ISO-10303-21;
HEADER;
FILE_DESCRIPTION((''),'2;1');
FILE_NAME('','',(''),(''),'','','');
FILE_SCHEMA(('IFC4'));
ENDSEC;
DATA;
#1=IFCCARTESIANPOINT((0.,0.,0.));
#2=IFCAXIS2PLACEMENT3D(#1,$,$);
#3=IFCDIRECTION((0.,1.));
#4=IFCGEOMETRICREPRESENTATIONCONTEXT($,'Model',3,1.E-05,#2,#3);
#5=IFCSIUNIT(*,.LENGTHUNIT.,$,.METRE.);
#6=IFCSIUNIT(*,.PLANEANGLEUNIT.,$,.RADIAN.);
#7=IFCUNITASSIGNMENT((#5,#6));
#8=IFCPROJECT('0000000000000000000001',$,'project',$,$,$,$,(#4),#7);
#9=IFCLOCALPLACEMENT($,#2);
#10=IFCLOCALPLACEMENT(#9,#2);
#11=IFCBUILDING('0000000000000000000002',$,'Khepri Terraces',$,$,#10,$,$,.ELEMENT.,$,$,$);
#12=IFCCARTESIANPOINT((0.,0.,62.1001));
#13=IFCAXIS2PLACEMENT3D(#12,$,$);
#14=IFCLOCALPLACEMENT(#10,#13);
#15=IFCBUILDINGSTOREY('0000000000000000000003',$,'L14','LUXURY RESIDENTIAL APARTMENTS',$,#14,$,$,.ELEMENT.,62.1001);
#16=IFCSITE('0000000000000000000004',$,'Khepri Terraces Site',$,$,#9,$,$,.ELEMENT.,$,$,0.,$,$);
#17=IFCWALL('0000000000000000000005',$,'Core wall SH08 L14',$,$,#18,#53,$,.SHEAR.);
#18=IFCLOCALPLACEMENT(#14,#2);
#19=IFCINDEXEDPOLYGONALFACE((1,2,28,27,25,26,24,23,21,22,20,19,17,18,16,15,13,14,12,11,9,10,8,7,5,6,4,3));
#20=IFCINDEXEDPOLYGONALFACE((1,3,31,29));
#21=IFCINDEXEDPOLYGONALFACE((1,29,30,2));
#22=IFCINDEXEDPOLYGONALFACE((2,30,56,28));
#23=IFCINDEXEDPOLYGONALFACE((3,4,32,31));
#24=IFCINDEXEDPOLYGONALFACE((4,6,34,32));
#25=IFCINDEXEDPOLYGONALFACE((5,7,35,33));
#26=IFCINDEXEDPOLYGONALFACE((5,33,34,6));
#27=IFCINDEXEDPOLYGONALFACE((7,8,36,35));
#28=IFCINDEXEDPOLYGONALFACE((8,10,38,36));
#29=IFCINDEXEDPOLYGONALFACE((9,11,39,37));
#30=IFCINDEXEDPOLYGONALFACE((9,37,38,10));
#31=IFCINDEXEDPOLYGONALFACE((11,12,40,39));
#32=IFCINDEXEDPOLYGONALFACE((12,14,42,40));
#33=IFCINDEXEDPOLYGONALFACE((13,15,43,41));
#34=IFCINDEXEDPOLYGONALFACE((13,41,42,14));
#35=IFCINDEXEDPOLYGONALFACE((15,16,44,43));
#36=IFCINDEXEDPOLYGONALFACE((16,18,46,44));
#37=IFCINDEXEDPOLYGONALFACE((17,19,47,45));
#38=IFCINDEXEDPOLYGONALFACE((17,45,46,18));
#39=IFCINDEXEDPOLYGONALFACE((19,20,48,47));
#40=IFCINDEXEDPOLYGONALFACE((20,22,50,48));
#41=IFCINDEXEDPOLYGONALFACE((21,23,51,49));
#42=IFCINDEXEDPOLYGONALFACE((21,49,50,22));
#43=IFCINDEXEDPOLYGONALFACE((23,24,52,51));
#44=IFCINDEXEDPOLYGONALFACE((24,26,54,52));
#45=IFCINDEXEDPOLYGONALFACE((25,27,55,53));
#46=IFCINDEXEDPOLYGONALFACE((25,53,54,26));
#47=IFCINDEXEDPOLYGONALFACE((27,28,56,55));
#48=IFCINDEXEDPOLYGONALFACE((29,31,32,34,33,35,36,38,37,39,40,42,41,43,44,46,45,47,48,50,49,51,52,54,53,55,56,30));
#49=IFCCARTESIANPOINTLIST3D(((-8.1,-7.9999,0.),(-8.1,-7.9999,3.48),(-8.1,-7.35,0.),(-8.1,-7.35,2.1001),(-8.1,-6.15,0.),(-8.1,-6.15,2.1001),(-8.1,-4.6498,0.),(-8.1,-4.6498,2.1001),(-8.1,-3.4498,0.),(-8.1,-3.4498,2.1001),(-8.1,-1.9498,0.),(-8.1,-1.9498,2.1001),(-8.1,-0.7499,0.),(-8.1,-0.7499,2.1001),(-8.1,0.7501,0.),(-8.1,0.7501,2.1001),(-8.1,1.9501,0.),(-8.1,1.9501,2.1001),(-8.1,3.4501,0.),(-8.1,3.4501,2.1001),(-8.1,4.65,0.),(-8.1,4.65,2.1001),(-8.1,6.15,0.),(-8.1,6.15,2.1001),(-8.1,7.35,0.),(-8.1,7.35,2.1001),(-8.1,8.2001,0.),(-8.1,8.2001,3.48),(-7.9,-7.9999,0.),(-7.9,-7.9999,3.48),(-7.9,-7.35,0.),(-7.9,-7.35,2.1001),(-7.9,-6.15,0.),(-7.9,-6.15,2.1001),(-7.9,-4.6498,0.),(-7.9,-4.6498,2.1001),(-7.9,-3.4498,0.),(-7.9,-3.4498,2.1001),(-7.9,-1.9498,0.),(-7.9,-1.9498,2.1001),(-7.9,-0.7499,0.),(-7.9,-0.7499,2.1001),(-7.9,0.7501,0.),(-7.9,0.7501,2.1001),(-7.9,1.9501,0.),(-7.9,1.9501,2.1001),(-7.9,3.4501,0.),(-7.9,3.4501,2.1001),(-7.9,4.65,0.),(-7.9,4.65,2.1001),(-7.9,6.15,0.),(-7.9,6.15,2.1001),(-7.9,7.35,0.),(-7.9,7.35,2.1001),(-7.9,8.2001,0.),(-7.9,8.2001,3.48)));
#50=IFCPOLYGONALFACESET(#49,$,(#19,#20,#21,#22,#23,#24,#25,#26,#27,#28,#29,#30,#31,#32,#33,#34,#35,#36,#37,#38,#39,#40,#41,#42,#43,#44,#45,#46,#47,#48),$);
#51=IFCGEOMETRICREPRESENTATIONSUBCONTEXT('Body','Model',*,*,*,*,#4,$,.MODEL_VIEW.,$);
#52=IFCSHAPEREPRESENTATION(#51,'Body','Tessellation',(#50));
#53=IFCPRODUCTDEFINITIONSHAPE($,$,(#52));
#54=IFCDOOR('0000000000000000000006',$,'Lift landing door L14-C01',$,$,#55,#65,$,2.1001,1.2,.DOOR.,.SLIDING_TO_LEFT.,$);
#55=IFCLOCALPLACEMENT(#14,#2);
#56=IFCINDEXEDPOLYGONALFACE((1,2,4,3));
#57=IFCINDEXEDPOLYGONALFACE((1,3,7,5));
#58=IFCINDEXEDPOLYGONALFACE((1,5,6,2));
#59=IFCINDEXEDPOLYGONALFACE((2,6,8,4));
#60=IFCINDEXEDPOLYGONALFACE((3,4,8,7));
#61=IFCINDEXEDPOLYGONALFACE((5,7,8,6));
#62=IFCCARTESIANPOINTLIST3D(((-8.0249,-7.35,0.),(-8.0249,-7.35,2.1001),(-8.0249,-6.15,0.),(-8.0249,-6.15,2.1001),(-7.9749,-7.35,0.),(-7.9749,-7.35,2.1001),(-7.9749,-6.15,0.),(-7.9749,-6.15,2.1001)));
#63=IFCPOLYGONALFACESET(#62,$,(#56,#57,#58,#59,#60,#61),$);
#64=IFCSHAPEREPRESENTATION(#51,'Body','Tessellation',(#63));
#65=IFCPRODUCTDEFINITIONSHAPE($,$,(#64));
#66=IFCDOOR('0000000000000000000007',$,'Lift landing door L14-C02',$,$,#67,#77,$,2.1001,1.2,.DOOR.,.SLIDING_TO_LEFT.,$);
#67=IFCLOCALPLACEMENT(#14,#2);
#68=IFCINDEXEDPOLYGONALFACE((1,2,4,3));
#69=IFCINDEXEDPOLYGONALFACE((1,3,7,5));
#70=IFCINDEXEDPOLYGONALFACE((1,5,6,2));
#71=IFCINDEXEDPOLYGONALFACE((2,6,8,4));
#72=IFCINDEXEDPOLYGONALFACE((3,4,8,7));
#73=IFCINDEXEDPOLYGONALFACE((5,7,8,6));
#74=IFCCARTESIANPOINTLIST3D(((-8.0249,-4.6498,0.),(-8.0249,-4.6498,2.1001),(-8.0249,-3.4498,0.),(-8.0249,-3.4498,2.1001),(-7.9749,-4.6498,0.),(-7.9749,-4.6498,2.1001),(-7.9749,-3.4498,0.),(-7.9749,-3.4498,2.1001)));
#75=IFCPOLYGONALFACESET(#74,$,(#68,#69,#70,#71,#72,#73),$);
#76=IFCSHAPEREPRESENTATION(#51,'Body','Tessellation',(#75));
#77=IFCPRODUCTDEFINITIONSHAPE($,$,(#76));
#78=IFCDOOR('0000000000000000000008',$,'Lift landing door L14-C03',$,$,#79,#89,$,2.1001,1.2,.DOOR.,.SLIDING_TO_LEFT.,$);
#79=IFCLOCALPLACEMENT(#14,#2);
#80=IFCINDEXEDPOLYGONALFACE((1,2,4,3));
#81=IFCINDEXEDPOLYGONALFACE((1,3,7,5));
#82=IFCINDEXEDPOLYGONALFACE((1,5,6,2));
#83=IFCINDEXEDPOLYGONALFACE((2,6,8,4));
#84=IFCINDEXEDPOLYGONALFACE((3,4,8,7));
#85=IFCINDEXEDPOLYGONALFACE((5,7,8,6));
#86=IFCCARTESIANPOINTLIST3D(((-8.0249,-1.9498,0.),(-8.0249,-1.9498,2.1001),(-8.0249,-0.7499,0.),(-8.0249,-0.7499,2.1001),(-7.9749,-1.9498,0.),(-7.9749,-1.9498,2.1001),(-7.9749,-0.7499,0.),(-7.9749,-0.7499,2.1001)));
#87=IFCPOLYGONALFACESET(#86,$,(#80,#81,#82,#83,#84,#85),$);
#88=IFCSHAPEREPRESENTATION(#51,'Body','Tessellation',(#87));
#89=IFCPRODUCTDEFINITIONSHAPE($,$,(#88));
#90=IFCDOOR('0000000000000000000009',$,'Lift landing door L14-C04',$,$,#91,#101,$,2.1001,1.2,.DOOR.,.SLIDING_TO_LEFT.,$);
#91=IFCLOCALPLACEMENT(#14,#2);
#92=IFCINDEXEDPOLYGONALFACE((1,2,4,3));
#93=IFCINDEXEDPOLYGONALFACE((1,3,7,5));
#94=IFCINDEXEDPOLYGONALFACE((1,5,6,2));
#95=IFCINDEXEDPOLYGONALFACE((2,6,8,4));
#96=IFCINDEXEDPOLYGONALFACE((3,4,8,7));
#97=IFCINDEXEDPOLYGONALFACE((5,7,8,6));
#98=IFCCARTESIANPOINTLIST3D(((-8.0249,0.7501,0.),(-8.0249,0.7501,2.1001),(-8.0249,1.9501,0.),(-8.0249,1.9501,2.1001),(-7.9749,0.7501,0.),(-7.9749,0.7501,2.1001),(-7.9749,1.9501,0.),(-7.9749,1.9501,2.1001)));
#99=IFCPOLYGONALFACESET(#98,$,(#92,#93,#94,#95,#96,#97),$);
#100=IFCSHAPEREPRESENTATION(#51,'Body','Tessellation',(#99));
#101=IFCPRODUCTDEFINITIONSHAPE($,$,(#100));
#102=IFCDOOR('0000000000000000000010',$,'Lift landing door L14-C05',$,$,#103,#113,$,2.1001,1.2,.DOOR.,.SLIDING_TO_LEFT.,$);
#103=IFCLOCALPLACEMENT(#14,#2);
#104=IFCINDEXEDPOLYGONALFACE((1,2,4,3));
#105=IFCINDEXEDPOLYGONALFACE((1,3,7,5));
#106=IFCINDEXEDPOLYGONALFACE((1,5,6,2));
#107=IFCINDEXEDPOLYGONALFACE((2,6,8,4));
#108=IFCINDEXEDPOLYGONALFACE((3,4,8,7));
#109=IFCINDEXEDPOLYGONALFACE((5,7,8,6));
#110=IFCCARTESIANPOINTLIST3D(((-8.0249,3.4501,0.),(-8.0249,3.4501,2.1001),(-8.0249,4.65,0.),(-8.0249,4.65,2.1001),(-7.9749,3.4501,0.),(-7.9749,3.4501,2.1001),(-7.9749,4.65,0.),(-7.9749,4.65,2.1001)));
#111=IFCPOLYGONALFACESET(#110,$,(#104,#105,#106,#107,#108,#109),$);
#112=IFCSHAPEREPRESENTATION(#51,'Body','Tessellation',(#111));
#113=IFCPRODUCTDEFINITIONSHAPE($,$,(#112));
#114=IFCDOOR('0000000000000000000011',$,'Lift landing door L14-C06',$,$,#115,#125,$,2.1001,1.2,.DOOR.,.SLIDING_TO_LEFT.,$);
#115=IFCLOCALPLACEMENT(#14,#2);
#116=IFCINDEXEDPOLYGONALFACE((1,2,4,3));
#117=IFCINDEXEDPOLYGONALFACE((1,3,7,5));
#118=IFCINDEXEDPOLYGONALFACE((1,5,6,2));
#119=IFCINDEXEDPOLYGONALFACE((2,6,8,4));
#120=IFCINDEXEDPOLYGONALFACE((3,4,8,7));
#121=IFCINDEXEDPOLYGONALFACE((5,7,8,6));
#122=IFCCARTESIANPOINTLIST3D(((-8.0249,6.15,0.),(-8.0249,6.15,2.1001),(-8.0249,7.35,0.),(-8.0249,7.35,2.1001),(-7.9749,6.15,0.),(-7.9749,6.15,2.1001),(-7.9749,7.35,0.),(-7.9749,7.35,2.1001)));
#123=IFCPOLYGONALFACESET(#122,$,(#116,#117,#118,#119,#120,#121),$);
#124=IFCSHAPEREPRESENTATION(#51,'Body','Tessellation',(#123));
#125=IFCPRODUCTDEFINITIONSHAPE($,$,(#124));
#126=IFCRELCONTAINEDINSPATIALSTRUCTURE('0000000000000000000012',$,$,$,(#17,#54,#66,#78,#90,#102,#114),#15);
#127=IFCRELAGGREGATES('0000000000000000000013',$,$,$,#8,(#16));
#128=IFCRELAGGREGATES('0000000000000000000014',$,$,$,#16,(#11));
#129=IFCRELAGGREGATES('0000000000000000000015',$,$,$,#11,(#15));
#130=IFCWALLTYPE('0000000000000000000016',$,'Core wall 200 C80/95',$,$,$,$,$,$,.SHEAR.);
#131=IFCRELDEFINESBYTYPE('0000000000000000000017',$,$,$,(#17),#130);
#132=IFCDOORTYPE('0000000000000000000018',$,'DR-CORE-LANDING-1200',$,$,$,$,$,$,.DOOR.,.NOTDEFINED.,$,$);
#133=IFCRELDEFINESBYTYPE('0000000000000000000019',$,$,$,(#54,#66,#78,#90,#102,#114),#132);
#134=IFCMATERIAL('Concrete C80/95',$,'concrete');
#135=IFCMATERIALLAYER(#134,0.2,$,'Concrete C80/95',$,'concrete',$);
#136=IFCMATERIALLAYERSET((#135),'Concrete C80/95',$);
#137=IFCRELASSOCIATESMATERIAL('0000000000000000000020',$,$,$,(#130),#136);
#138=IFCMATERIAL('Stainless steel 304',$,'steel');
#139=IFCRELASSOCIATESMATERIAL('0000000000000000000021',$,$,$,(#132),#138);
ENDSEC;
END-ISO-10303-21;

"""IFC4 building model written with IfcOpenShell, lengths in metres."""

from ifc_helpers import new_model, si_unit, direction, frame, frame_2d, origin, place, context, subcontext, project, spatial, rectangle, extrude, material, layer, layer_set, type_object, element, fill, save


model = new_model("IFC4")

# Units and contexts
model_context = context("Model", 3, precision=1e-05, world=origin(), true_north=direction((0.0, 1.0)))
body_context = subcontext(model_context, "Body", "Model", "MODEL_VIEW")
ifc_project = project(units=[si_unit("LENGTHUNIT", "METRE"), si_unit("PLANEANGLEUNIT", "RADIAN")], contexts=[model_context])

# Site, building, storey
site_placement = place(None, origin())
site = spatial("IfcSite", under=ifc_project, at=site_placement, Name="Khepri Terraces Site", CompositionType="ELEMENT", RefElevation=0.0)
building_placement = place(site_placement, origin())
building = spatial("IfcBuilding", under=site, at=building_placement, Name="Khepri Terraces", CompositionType="ELEMENT")
storey_placement = place(building_placement, frame((0.0, 0.0, 62.1001)))
storey = spatial("IfcBuildingStorey", under=building, at=storey_placement, Name="L14", Description="LUXURY RESIDENTIAL APARTMENTS", CompositionType="ELEMENT", Elevation=62.1001)

# Shared definitions
ifc_material_1 = material(Name="Concrete C80/95", Category="concrete")
ifc_layer_1 = layer(ifc_material_1, 0.2, Name="Concrete C80/95", Category="concrete")
ifc_layer_set_1 = layer_set([ifc_layer_1], Name="Concrete C80/95")
wall_type_1 = type_object("IfcWallType", Name="Core wall 200 C80/95", PredefinedType="SHEAR", material=ifc_layer_set_1)

# Wall, openings, doors
wall_1_placement = place(storey_placement, frame((-8.0, -8.0, 0.0), z_axis=(0.0, 0.0, 1.0), x_axis=(0.0, 1.0, 0.0)))
wall_1 = element("IfcWall", 1, at=wall_1_placement, inside=storey, type_object=wall_type_1, Name="Core wall SH08 L14", PredefinedType="SHEAR", context=body_context, shape_type="SweptSolid", body=[
    extrude(rectangle(XDim=16.2, YDim=0.2, at=frame_2d((8.1001, 0.0))), origin(), (0.0, 0.0, 1.0), 3.48),
])
opening_1_placement = place(wall_1_placement, frame((0.6499, 0.0, 0.0)))
opening_1 = element("IfcOpeningElement", 2, at=opening_1_placement, cuts=wall_1, PredefinedType="OPENING", context=body_context, shape_type="SweptSolid", body=[
    extrude(rectangle(XDim=1.2, YDim=2.1001, at=frame_2d((0.6001, 1.05))), frame((0.0, 0.1099, 0.0), z_axis=(0.0, -1.0, 0.0), x_axis=(1.0, 0.0, 0.0)), (0.0, 0.0, 1.0), 0.22),
])
opening_2_placement = place(wall_1_placement, frame((3.3501, 0.0, 0.0)))
opening_2 = element("IfcOpeningElement", 3, at=opening_2_placement, cuts=wall_1, PredefinedType="OPENING", context=body_context, shape_type="SweptSolid", body=[
    extrude(rectangle(XDim=1.2, YDim=2.1001, at=frame_2d((0.6001, 1.05))), frame((0.0, 0.1099, 0.0), z_axis=(0.0, -1.0, 0.0), x_axis=(1.0, 0.0, 0.0)), (0.0, 0.0, 1.0), 0.22),
])
opening_3_placement = place(wall_1_placement, frame((6.05, 0.0, 0.0)))
opening_3 = element("IfcOpeningElement", 4, at=opening_3_placement, cuts=wall_1, PredefinedType="OPENING", context=body_context, shape_type="SweptSolid", body=[
    extrude(rectangle(XDim=1.2, YDim=2.1001, at=frame_2d((0.6001, 1.05))), frame((0.0, 0.1099, 0.0), z_axis=(0.0, -1.0, 0.0), x_axis=(1.0, 0.0, 0.0)), (0.0, 0.0, 1.0), 0.22),
])
opening_4_placement = place(wall_1_placement, frame((8.75, 0.0, 0.0)))
opening_4 = element("IfcOpeningElement", 5, at=opening_4_placement, cuts=wall_1, PredefinedType="OPENING", context=body_context, shape_type="SweptSolid", body=[
    extrude(rectangle(XDim=1.2, YDim=2.1001, at=frame_2d((0.6001, 1.05))), frame((0.0, 0.1099, 0.0), z_axis=(0.0, -1.0, 0.0), x_axis=(1.0, 0.0, 0.0)), (0.0, 0.0, 1.0), 0.22),
])
opening_5_placement = place(wall_1_placement, frame((11.45, 0.0, 0.0)))
opening_5 = element("IfcOpeningElement", 6, at=opening_5_placement, cuts=wall_1, PredefinedType="OPENING", context=body_context, shape_type="SweptSolid", body=[
    extrude(rectangle(XDim=1.2, YDim=2.1001, at=frame_2d((0.6001, 1.05))), frame((0.0, 0.1099, 0.0), z_axis=(0.0, -1.0, 0.0), x_axis=(1.0, 0.0, 0.0)), (0.0, 0.0, 1.0), 0.22),
])
opening_6_placement = place(wall_1_placement, frame((14.1499, 0.0, 0.0)))
opening_6 = element("IfcOpeningElement", 7, at=opening_6_placement, cuts=wall_1, PredefinedType="OPENING", context=body_context, shape_type="SweptSolid", body=[
    extrude(rectangle(XDim=1.2, YDim=2.1001, at=frame_2d((0.6001, 1.05))), frame((0.0, 0.1099, 0.0), z_axis=(0.0, -1.0, 0.0), x_axis=(1.0, 0.0, 0.0)), (0.0, 0.0, 1.0), 0.22),
])
ifc_material_2 = material(Name="Stainless steel 304", Category="steel")
door_type_1 = type_object("IfcDoorType", Name="DR-CORE-LANDING-1200", OperationType="NOTDEFINED", PredefinedType="DOOR", material=ifc_material_2)
door_1_placement = place(opening_1_placement, origin())
door_1 = element("IfcDoor", 8, at=door_1_placement, inside=storey, type_object=door_type_1, Name="Lift landing door L14-C01", OperationType="SLIDING_TO_LEFT", OverallHeight=2.1001, OverallWidth=1.2, PredefinedType="DOOR", context=body_context, shape_type="SweptSolid", body=[
    extrude(rectangle(XDim=1.2, YDim=2.1001, at=frame_2d((0.6001, 1.05))), frame((0.0, 0.0249, 0.0), z_axis=(0.0, -1.0, 0.0), x_axis=(1.0, 0.0, 0.0)), (0.0, 0.0, 1.0), 0.05),
])
fill(opening_1, door_1)
door_2_placement = place(opening_2_placement, origin())
door_2 = element("IfcDoor", 9, at=door_2_placement, inside=storey, type_object=door_type_1, Name="Lift landing door L14-C02", OperationType="SLIDING_TO_LEFT", OverallHeight=2.1001, OverallWidth=1.2, PredefinedType="DOOR", context=body_context, shape_type="SweptSolid", body=[
    extrude(rectangle(XDim=1.2, YDim=2.1001, at=frame_2d((0.6001, 1.05))), frame((0.0, 0.0249, 0.0), z_axis=(0.0, -1.0, 0.0), x_axis=(1.0, 0.0, 0.0)), (0.0, 0.0, 1.0), 0.05),
])
fill(opening_2, door_2)
door_3_placement = place(opening_3_placement, origin())
door_3 = element("IfcDoor", 10, at=door_3_placement, inside=storey, type_object=door_type_1, Name="Lift landing door L14-C03", OperationType="SLIDING_TO_LEFT", OverallHeight=2.1001, OverallWidth=1.2, PredefinedType="DOOR", context=body_context, shape_type="SweptSolid", body=[
    extrude(rectangle(XDim=1.2, YDim=2.1001, at=frame_2d((0.6001, 1.05))), frame((0.0, 0.0249, 0.0), z_axis=(0.0, -1.0, 0.0), x_axis=(1.0, 0.0, 0.0)), (0.0, 0.0, 1.0), 0.05),
])
fill(opening_3, door_3)
door_4_placement = place(opening_4_placement, origin())
door_4 = element("IfcDoor", 11, at=door_4_placement, inside=storey, type_object=door_type_1, Name="Lift landing door L14-C04", OperationType="SLIDING_TO_LEFT", OverallHeight=2.1001, OverallWidth=1.2, PredefinedType="DOOR", context=body_context, shape_type="SweptSolid", body=[
    extrude(rectangle(XDim=1.2, YDim=2.1001, at=frame_2d((0.6001, 1.05))), frame((0.0, 0.0249, 0.0), z_axis=(0.0, -1.0, 0.0), x_axis=(1.0, 0.0, 0.0)), (0.0, 0.0, 1.0), 0.05),
])
fill(opening_4, door_4)
door_5_placement = place(opening_5_placement, origin())
door_5 = element("IfcDoor", 12, at=door_5_placement, inside=storey, type_object=door_type_1, Name="Lift landing door L14-C05", OperationType="SLIDING_TO_LEFT", OverallHeight=2.1001, OverallWidth=1.2, PredefinedType="DOOR", context=body_context, shape_type="SweptSolid", body=[
    extrude(rectangle(XDim=1.2, YDim=2.1001, at=frame_2d((0.6001, 1.05))), frame((0.0, 0.0249, 0.0), z_axis=(0.0, -1.0, 0.0), x_axis=(1.0, 0.0, 0.0)), (0.0, 0.0, 1.0), 0.05),
])
fill(opening_5, door_5)
door_6_placement = place(opening_6_placement, origin())
door_6 = element("IfcDoor", 13, at=door_6_placement, inside=storey, type_object=door_type_1, Name="Lift landing door L14-C06", OperationType="SLIDING_TO_LEFT", OverallHeight=2.1001, OverallWidth=1.2, PredefinedType="DOOR", context=body_context, shape_type="SweptSolid", body=[
    extrude(rectangle(XDim=1.2, YDim=2.1001, at=frame_2d((0.6001, 1.05))), frame((0.0, 0.0249, 0.0), z_axis=(0.0, -1.0, 0.0), x_axis=(1.0, 0.0, 0.0)), (0.0, 0.0, 1.0), 0.05),
])
fill(opening_6, door_6)

save(model, "model.ifc")
